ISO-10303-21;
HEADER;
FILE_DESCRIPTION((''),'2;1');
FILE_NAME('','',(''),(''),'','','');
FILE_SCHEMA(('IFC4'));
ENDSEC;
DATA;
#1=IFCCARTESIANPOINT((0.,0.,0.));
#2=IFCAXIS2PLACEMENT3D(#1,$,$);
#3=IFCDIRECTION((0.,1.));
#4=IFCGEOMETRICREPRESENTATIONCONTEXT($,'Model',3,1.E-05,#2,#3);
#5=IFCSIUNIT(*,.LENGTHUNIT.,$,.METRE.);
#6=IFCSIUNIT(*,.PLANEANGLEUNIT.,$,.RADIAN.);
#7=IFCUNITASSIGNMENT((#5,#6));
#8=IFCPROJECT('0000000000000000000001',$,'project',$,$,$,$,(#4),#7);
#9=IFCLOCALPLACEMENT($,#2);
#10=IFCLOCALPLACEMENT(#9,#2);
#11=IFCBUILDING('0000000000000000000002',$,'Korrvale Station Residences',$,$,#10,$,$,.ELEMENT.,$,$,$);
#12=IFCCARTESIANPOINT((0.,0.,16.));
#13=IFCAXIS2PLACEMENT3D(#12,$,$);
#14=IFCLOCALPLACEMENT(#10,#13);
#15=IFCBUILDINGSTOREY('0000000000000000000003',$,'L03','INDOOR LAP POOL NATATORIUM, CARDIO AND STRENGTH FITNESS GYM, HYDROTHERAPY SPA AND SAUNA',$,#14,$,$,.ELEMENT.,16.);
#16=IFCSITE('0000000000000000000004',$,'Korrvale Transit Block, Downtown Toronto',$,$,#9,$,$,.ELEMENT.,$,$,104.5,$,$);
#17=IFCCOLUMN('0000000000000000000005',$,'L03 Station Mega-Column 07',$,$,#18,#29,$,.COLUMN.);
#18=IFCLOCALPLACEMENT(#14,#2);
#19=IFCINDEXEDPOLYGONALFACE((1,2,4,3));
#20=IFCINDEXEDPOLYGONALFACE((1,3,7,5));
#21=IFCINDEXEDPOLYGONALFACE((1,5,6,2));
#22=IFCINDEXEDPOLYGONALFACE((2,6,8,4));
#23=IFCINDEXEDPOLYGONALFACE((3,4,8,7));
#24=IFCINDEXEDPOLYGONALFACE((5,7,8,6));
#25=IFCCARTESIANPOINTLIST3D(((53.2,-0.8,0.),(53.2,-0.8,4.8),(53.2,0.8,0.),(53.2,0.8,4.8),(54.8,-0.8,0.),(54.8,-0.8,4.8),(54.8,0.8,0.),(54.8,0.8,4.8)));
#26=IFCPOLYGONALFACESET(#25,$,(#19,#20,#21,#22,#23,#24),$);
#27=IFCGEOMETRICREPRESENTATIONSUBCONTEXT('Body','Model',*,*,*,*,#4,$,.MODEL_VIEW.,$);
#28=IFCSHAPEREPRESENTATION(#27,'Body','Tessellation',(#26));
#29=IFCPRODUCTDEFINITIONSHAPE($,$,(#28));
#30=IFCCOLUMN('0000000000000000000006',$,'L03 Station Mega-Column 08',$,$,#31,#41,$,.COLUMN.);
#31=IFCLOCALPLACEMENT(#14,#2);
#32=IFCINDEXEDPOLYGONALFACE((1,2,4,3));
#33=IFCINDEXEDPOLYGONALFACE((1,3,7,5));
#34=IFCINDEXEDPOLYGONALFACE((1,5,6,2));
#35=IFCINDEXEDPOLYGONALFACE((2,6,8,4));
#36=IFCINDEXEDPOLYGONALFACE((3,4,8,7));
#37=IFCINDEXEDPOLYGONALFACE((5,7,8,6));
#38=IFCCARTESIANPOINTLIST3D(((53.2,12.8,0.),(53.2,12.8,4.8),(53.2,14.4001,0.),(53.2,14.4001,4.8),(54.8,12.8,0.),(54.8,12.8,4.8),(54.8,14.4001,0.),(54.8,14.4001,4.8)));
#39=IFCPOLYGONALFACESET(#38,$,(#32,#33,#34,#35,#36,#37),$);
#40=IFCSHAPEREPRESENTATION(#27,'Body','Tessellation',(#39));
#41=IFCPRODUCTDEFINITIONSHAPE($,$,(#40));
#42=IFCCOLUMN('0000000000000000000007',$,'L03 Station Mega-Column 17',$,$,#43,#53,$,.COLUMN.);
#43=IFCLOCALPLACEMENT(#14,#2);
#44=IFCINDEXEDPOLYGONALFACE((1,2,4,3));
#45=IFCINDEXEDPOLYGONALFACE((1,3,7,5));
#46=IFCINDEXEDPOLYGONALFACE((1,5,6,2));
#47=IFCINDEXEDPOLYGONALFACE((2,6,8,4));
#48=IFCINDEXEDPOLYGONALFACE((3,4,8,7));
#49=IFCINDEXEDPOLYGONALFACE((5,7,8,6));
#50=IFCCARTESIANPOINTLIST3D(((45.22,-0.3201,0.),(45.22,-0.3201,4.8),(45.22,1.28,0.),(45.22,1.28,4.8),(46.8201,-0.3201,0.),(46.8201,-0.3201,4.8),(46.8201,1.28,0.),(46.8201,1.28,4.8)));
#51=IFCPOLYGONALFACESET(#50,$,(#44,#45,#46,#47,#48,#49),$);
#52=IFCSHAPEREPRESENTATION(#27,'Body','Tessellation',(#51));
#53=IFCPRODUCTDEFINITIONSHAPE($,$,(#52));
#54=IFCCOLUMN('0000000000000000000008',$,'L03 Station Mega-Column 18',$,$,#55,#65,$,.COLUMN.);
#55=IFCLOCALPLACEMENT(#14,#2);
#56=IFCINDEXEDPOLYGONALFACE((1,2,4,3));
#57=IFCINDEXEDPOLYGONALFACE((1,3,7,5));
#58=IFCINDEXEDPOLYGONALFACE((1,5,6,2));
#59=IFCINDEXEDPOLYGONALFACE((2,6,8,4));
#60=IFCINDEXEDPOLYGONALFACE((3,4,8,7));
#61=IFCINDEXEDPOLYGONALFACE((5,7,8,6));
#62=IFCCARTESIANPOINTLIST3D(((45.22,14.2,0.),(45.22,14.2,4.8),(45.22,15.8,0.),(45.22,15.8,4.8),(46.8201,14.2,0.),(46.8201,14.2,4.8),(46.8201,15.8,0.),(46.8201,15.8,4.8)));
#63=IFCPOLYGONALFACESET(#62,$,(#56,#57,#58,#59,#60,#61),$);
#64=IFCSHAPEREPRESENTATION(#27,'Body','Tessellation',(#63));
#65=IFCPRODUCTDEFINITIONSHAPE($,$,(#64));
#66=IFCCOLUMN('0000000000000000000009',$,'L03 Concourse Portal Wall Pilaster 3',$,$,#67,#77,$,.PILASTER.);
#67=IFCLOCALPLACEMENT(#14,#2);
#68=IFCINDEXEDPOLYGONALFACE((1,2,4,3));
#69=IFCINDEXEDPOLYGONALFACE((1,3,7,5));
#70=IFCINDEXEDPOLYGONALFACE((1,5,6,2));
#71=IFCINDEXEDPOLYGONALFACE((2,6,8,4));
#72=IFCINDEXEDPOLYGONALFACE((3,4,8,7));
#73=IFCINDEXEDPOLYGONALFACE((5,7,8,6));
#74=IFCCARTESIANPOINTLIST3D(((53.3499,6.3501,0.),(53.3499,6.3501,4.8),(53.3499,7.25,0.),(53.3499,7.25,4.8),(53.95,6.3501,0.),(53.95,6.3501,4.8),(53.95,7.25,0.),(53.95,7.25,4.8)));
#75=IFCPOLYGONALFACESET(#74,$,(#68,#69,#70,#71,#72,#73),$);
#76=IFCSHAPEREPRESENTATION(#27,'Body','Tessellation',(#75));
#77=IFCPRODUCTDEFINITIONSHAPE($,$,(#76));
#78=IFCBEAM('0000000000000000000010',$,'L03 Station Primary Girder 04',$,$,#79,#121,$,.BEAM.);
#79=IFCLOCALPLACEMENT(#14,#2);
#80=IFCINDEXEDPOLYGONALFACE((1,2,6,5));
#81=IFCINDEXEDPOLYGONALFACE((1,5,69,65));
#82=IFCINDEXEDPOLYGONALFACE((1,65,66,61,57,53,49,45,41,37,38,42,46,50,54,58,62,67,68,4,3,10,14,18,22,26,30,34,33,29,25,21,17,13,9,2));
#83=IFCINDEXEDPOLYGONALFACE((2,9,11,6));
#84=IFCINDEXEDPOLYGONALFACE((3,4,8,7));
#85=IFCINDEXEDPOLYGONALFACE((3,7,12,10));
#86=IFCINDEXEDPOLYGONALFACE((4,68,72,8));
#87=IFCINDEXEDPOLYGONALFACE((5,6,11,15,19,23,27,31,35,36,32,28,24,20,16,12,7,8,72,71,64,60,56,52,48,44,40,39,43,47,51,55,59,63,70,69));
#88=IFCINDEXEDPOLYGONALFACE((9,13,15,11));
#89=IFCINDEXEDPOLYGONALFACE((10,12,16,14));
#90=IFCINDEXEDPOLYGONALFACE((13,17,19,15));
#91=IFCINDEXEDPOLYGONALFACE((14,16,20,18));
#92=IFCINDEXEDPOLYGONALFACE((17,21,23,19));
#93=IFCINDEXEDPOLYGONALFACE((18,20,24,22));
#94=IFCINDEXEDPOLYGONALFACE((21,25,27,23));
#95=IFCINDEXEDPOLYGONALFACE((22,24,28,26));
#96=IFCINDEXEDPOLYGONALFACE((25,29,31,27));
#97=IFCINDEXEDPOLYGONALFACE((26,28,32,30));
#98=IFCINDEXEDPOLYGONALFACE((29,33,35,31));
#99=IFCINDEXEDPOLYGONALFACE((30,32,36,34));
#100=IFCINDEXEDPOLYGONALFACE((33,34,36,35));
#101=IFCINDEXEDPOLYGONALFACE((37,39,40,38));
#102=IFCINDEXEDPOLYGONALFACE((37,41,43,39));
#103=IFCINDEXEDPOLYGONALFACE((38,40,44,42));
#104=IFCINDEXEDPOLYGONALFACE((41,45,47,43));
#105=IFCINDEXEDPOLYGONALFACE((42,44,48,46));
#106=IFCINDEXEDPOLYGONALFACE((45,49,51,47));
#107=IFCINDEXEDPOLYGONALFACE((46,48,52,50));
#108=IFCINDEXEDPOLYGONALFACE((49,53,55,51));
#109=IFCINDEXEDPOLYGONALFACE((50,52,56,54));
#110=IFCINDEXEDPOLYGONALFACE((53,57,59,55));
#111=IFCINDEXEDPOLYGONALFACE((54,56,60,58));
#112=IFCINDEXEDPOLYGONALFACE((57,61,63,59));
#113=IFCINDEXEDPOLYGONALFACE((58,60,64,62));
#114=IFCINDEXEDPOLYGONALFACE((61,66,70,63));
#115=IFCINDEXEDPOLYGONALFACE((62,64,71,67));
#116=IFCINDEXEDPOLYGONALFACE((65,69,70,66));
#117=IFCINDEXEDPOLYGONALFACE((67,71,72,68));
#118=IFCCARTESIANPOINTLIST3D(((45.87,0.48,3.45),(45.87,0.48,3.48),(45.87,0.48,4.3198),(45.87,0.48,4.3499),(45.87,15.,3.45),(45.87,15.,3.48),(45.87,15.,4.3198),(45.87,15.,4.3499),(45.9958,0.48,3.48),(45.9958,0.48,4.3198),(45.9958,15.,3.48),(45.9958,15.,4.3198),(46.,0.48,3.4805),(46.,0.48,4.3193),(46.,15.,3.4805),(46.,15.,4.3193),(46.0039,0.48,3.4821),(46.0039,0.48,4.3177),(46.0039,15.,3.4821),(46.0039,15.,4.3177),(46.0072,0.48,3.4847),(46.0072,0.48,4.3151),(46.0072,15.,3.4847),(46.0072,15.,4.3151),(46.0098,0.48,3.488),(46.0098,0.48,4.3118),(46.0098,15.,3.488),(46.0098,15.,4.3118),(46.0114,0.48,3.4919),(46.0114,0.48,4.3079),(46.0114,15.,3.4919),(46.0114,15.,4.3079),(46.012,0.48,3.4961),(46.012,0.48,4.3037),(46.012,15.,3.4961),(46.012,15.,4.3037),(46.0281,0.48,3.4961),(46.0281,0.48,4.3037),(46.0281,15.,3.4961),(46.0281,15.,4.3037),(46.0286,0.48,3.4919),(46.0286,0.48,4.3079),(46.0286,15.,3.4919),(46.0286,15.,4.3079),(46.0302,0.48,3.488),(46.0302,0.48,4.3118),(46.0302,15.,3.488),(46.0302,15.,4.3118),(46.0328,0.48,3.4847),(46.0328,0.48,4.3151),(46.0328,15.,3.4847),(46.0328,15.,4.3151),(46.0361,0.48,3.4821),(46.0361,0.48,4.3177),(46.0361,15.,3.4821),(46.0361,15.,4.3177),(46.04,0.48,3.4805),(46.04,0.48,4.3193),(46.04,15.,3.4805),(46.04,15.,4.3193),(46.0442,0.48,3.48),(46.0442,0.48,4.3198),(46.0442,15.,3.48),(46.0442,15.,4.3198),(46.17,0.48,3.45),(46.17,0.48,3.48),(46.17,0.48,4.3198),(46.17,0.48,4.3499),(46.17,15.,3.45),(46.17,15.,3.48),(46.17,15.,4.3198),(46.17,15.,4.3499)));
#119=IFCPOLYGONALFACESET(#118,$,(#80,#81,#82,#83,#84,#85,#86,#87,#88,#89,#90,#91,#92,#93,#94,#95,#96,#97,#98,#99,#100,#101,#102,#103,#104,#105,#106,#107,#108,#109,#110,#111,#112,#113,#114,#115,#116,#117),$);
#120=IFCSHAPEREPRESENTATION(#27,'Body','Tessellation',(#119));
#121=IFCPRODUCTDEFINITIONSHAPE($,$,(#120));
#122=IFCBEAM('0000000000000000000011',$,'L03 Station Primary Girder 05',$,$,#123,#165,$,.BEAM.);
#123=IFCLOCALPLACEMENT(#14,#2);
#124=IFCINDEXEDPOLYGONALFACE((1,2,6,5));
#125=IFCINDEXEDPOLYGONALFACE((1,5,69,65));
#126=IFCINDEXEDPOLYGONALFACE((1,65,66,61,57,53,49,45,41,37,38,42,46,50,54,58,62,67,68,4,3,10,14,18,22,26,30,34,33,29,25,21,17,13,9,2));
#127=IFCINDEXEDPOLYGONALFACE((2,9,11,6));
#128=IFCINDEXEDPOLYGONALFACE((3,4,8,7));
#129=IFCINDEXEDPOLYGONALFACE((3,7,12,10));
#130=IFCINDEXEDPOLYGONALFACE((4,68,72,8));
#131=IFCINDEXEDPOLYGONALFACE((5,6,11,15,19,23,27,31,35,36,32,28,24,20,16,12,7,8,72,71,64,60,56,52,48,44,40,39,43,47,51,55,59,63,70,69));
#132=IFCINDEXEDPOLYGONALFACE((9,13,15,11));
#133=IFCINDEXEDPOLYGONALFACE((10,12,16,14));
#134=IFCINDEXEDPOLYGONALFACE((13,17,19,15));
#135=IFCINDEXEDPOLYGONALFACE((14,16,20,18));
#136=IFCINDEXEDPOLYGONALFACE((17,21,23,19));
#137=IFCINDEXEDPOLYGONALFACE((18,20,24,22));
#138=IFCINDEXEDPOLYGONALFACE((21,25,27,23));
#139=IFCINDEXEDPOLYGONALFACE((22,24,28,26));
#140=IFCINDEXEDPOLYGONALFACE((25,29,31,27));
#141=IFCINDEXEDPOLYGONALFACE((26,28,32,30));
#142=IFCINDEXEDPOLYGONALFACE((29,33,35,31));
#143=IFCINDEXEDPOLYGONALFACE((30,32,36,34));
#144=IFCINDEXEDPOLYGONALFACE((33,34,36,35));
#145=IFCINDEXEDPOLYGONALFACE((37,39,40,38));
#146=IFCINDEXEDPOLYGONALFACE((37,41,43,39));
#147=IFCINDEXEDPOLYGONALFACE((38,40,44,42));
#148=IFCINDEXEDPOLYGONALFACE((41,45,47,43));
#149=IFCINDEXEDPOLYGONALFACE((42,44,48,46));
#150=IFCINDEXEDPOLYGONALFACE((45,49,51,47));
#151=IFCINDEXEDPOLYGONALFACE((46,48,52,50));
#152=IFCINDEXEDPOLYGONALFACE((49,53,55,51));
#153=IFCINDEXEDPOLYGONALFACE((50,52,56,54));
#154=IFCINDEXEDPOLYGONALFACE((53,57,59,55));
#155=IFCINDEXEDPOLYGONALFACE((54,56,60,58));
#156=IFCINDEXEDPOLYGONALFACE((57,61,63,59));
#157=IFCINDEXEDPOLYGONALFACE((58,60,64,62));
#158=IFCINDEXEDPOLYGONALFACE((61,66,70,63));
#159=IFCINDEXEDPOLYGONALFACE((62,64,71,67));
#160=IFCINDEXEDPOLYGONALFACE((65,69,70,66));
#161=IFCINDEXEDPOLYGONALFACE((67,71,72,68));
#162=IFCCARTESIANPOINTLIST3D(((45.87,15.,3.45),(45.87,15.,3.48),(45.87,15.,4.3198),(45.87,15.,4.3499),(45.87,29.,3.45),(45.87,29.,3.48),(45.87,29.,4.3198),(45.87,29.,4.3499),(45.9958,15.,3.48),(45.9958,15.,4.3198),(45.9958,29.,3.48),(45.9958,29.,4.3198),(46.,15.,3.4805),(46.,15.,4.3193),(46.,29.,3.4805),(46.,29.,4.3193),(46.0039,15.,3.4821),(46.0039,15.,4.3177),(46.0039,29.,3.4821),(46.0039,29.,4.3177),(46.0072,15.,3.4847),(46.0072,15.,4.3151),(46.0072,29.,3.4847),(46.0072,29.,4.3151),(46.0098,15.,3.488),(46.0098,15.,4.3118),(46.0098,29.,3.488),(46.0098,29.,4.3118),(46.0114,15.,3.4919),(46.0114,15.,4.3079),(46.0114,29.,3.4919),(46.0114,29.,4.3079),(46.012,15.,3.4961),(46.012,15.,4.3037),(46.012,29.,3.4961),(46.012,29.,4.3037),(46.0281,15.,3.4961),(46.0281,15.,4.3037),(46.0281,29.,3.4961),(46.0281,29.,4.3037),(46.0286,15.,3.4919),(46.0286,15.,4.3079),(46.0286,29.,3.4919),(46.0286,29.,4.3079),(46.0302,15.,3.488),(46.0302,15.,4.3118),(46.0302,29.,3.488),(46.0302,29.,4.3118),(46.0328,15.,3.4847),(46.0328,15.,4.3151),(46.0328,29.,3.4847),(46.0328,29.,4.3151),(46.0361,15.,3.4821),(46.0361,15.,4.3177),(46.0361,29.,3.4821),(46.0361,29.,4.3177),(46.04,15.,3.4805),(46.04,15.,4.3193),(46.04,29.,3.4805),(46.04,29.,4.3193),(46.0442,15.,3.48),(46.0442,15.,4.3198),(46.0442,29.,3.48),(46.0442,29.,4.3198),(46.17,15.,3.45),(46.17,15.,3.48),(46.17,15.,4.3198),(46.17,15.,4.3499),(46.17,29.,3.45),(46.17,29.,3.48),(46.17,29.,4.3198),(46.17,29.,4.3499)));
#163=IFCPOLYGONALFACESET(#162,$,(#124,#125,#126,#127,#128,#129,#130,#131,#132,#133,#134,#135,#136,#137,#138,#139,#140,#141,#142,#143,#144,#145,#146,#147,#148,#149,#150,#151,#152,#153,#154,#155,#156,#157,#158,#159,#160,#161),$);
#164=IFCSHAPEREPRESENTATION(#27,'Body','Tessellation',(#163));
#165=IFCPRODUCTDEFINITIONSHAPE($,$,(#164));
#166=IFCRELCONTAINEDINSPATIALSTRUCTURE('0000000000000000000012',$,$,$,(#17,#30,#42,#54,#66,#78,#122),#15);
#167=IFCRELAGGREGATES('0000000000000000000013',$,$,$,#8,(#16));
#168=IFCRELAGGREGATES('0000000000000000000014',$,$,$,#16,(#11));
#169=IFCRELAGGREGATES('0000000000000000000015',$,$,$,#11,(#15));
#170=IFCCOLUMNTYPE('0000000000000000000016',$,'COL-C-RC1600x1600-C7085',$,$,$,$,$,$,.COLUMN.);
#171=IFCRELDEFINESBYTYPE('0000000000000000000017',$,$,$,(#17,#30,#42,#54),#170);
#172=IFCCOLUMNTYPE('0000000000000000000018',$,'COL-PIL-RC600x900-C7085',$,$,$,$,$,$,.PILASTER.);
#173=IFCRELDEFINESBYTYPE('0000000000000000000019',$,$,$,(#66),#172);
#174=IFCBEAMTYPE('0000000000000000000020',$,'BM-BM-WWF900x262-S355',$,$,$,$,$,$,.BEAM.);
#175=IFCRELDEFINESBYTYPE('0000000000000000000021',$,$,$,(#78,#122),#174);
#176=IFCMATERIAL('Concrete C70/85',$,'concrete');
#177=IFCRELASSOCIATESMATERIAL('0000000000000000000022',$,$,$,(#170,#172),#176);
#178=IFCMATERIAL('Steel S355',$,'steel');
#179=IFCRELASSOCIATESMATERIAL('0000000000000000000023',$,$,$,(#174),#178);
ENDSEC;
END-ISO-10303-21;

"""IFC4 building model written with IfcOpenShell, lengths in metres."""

from ifc_helpers import new_model, si_unit, direction, frame, origin, origin_2d, place, context, subcontext, project, spatial, rectangle, i_section, extrude, material, material_profile, profile_set, type_object, element, save


model = new_model("IFC4")

# Units and contexts
model_context = context("Model", 3, precision=1e-05, world=origin(), true_north=direction((0.0, 1.0)))
body_context = subcontext(model_context, "Body", "Model", "MODEL_VIEW")
ifc_project = project(units=[si_unit("LENGTHUNIT", "METRE"), si_unit("PLANEANGLEUNIT", "RADIAN")], contexts=[model_context])

# Site, building, storey
site_placement = place(None, origin())
site = spatial("IfcSite", under=ifc_project, at=site_placement, Name="Korrvale Transit Block, Downtown Toronto", CompositionType="ELEMENT", RefElevation=104.5)
building_placement = place(site_placement, origin())
building = spatial("IfcBuilding", under=site, at=building_placement, Name="Korrvale Station Residences", CompositionType="ELEMENT")
storey_placement = place(building_placement, frame((0.0, 0.0, 16.0)))
storey = spatial("IfcBuildingStorey", under=building, at=storey_placement, Name="L03", Description="INDOOR LAP POOL NATATORIUM, CARDIO AND STRENGTH FITNESS GYM, HYDROTHERAPY SPA AND SAUNA", CompositionType="ELEMENT", Elevation=16.0)

# Columns
ifc_material_1 = material(Name="Concrete C70/85", Category="concrete")
ifc_material_profile_1 = material_profile(ifc_material_1, rectangle(XDim=1.6001, YDim=1.6001, at=origin_2d()), Name="RC1600x1600")
ifc_profile_set_1 = profile_set([ifc_material_profile_1], Name="Concrete C70/85")
column_type_1 = type_object("IfcColumnType", Name="COL-C-RC1600x1600-C7085", PredefinedType="COLUMN", material=ifc_profile_set_1)
for number, where, z_axis, x_axis, name in (
    (1, (54.0, 0.0, 0.0), (0.0, 0.0, 1.0), (1.0, 0.0, 0.0), "L03 Station Mega-Column 07"),
    (2, (54.0, 13.6001, 0.0), (0.0, 0.0, 1.0), (1.0, 0.0, 0.0), "L03 Station Mega-Column 08"),
    (3, (46.02, 0.48, 0.0), (0.0, 0.0, 1.0), (1.0, 0.0, 0.0), "L03 Station Mega-Column 17"),
    (4, (46.02, 15.0, 0.0), (0.0, 0.0, 1.0), (1.0, 0.0, 0.0), "L03 Station Mega-Column 18"),
):
    element("IfcColumn", number, at=place(storey_placement, frame(where, z_axis=z_axis, x_axis=x_axis)), inside=storey, type_object=column_type_1, Name=name, PredefinedType="COLUMN", context=body_context, shape_type="SweptSolid", body=[
        extrude(rectangle(XDim=1.6001, YDim=1.6001, at=origin_2d()), origin(), (0.0, 0.0, 1.0), 4.8),
    ])
ifc_material_profile_2 = material_profile(ifc_material_1, rectangle(XDim=0.6001, YDim=0.8999, at=origin_2d()), Name="RC600x900")
ifc_profile_set_2 = profile_set([ifc_material_profile_2], Name="Concrete C70/85")
column_type_2 = type_object("IfcColumnType", Name="COL-PIL-RC600x900-C7085", PredefinedType="PILASTER", material=ifc_profile_set_2)
column_placement = place(storey_placement, frame((53.6499, 6.8, 0.0), z_axis=(0.0, 0.0, 1.0), x_axis=(1.0, 0.0, 0.0)))
element("IfcColumn", 5, at=column_placement, inside=storey, type_object=column_type_2, Name="L03 Concourse Portal Wall Pilaster 3", PredefinedType="PILASTER", context=body_context, shape_type="SweptSolid", body=[
    extrude(rectangle(XDim=0.6001, YDim=0.8999, at=origin_2d()), origin(), (0.0, 0.0, 1.0), 4.8),
])

# Beams
ifc_material_2 = material(Name="Steel S355", Category="steel")
ifc_material_profile_3 = material_profile(ifc_material_2, i_section(OverallWidth=0.3, OverallDepth=0.8999, WebThickness=0.0161, FlangeThickness=0.03, FilletRadius=0.0161, at=origin_2d()), Name="WWF900x262")
ifc_profile_set_3 = profile_set([ifc_material_profile_3], Name="Steel S355")
beam_type_1 = type_object("IfcBeamType", Name="BM-BM-WWF900x262-S355", PredefinedType="BEAM", material=ifc_profile_set_3)
beam_1_placement = place(storey_placement, frame((46.02, 0.48, 3.8999), z_axis=(0.0, 1.0, 0.0), x_axis=(-1.0, 0.0, 0.0)))
element("IfcBeam", 6, at=beam_1_placement, inside=storey, type_object=beam_type_1, Name="L03 Station Primary Girder 04", PredefinedType="BEAM", context=body_context, shape_type="SweptSolid", body=[
    extrude(i_section(OverallWidth=0.3, OverallDepth=0.8999, WebThickness=0.0161, FlangeThickness=0.03, FilletRadius=0.0161, at=origin_2d()), origin(), (0.0, 0.0, 1.0), 14.52),
])
beam_2_placement = place(storey_placement, frame((46.02, 15.0, 3.8999), z_axis=(0.0, 1.0, 0.0), x_axis=(-1.0, 0.0, 0.0)))
element("IfcBeam", 7, at=beam_2_placement, inside=storey, type_object=beam_type_1, Name="L03 Station Primary Girder 05", PredefinedType="BEAM", context=body_context, shape_type="SweptSolid", body=[
    extrude(i_section(OverallWidth=0.3, OverallDepth=0.8999, WebThickness=0.0161, FlangeThickness=0.03, FilletRadius=0.0161, at=origin_2d()), origin(), (0.0, 0.0, 1.0), 14.0),
])

save(model, "model.ifc")
